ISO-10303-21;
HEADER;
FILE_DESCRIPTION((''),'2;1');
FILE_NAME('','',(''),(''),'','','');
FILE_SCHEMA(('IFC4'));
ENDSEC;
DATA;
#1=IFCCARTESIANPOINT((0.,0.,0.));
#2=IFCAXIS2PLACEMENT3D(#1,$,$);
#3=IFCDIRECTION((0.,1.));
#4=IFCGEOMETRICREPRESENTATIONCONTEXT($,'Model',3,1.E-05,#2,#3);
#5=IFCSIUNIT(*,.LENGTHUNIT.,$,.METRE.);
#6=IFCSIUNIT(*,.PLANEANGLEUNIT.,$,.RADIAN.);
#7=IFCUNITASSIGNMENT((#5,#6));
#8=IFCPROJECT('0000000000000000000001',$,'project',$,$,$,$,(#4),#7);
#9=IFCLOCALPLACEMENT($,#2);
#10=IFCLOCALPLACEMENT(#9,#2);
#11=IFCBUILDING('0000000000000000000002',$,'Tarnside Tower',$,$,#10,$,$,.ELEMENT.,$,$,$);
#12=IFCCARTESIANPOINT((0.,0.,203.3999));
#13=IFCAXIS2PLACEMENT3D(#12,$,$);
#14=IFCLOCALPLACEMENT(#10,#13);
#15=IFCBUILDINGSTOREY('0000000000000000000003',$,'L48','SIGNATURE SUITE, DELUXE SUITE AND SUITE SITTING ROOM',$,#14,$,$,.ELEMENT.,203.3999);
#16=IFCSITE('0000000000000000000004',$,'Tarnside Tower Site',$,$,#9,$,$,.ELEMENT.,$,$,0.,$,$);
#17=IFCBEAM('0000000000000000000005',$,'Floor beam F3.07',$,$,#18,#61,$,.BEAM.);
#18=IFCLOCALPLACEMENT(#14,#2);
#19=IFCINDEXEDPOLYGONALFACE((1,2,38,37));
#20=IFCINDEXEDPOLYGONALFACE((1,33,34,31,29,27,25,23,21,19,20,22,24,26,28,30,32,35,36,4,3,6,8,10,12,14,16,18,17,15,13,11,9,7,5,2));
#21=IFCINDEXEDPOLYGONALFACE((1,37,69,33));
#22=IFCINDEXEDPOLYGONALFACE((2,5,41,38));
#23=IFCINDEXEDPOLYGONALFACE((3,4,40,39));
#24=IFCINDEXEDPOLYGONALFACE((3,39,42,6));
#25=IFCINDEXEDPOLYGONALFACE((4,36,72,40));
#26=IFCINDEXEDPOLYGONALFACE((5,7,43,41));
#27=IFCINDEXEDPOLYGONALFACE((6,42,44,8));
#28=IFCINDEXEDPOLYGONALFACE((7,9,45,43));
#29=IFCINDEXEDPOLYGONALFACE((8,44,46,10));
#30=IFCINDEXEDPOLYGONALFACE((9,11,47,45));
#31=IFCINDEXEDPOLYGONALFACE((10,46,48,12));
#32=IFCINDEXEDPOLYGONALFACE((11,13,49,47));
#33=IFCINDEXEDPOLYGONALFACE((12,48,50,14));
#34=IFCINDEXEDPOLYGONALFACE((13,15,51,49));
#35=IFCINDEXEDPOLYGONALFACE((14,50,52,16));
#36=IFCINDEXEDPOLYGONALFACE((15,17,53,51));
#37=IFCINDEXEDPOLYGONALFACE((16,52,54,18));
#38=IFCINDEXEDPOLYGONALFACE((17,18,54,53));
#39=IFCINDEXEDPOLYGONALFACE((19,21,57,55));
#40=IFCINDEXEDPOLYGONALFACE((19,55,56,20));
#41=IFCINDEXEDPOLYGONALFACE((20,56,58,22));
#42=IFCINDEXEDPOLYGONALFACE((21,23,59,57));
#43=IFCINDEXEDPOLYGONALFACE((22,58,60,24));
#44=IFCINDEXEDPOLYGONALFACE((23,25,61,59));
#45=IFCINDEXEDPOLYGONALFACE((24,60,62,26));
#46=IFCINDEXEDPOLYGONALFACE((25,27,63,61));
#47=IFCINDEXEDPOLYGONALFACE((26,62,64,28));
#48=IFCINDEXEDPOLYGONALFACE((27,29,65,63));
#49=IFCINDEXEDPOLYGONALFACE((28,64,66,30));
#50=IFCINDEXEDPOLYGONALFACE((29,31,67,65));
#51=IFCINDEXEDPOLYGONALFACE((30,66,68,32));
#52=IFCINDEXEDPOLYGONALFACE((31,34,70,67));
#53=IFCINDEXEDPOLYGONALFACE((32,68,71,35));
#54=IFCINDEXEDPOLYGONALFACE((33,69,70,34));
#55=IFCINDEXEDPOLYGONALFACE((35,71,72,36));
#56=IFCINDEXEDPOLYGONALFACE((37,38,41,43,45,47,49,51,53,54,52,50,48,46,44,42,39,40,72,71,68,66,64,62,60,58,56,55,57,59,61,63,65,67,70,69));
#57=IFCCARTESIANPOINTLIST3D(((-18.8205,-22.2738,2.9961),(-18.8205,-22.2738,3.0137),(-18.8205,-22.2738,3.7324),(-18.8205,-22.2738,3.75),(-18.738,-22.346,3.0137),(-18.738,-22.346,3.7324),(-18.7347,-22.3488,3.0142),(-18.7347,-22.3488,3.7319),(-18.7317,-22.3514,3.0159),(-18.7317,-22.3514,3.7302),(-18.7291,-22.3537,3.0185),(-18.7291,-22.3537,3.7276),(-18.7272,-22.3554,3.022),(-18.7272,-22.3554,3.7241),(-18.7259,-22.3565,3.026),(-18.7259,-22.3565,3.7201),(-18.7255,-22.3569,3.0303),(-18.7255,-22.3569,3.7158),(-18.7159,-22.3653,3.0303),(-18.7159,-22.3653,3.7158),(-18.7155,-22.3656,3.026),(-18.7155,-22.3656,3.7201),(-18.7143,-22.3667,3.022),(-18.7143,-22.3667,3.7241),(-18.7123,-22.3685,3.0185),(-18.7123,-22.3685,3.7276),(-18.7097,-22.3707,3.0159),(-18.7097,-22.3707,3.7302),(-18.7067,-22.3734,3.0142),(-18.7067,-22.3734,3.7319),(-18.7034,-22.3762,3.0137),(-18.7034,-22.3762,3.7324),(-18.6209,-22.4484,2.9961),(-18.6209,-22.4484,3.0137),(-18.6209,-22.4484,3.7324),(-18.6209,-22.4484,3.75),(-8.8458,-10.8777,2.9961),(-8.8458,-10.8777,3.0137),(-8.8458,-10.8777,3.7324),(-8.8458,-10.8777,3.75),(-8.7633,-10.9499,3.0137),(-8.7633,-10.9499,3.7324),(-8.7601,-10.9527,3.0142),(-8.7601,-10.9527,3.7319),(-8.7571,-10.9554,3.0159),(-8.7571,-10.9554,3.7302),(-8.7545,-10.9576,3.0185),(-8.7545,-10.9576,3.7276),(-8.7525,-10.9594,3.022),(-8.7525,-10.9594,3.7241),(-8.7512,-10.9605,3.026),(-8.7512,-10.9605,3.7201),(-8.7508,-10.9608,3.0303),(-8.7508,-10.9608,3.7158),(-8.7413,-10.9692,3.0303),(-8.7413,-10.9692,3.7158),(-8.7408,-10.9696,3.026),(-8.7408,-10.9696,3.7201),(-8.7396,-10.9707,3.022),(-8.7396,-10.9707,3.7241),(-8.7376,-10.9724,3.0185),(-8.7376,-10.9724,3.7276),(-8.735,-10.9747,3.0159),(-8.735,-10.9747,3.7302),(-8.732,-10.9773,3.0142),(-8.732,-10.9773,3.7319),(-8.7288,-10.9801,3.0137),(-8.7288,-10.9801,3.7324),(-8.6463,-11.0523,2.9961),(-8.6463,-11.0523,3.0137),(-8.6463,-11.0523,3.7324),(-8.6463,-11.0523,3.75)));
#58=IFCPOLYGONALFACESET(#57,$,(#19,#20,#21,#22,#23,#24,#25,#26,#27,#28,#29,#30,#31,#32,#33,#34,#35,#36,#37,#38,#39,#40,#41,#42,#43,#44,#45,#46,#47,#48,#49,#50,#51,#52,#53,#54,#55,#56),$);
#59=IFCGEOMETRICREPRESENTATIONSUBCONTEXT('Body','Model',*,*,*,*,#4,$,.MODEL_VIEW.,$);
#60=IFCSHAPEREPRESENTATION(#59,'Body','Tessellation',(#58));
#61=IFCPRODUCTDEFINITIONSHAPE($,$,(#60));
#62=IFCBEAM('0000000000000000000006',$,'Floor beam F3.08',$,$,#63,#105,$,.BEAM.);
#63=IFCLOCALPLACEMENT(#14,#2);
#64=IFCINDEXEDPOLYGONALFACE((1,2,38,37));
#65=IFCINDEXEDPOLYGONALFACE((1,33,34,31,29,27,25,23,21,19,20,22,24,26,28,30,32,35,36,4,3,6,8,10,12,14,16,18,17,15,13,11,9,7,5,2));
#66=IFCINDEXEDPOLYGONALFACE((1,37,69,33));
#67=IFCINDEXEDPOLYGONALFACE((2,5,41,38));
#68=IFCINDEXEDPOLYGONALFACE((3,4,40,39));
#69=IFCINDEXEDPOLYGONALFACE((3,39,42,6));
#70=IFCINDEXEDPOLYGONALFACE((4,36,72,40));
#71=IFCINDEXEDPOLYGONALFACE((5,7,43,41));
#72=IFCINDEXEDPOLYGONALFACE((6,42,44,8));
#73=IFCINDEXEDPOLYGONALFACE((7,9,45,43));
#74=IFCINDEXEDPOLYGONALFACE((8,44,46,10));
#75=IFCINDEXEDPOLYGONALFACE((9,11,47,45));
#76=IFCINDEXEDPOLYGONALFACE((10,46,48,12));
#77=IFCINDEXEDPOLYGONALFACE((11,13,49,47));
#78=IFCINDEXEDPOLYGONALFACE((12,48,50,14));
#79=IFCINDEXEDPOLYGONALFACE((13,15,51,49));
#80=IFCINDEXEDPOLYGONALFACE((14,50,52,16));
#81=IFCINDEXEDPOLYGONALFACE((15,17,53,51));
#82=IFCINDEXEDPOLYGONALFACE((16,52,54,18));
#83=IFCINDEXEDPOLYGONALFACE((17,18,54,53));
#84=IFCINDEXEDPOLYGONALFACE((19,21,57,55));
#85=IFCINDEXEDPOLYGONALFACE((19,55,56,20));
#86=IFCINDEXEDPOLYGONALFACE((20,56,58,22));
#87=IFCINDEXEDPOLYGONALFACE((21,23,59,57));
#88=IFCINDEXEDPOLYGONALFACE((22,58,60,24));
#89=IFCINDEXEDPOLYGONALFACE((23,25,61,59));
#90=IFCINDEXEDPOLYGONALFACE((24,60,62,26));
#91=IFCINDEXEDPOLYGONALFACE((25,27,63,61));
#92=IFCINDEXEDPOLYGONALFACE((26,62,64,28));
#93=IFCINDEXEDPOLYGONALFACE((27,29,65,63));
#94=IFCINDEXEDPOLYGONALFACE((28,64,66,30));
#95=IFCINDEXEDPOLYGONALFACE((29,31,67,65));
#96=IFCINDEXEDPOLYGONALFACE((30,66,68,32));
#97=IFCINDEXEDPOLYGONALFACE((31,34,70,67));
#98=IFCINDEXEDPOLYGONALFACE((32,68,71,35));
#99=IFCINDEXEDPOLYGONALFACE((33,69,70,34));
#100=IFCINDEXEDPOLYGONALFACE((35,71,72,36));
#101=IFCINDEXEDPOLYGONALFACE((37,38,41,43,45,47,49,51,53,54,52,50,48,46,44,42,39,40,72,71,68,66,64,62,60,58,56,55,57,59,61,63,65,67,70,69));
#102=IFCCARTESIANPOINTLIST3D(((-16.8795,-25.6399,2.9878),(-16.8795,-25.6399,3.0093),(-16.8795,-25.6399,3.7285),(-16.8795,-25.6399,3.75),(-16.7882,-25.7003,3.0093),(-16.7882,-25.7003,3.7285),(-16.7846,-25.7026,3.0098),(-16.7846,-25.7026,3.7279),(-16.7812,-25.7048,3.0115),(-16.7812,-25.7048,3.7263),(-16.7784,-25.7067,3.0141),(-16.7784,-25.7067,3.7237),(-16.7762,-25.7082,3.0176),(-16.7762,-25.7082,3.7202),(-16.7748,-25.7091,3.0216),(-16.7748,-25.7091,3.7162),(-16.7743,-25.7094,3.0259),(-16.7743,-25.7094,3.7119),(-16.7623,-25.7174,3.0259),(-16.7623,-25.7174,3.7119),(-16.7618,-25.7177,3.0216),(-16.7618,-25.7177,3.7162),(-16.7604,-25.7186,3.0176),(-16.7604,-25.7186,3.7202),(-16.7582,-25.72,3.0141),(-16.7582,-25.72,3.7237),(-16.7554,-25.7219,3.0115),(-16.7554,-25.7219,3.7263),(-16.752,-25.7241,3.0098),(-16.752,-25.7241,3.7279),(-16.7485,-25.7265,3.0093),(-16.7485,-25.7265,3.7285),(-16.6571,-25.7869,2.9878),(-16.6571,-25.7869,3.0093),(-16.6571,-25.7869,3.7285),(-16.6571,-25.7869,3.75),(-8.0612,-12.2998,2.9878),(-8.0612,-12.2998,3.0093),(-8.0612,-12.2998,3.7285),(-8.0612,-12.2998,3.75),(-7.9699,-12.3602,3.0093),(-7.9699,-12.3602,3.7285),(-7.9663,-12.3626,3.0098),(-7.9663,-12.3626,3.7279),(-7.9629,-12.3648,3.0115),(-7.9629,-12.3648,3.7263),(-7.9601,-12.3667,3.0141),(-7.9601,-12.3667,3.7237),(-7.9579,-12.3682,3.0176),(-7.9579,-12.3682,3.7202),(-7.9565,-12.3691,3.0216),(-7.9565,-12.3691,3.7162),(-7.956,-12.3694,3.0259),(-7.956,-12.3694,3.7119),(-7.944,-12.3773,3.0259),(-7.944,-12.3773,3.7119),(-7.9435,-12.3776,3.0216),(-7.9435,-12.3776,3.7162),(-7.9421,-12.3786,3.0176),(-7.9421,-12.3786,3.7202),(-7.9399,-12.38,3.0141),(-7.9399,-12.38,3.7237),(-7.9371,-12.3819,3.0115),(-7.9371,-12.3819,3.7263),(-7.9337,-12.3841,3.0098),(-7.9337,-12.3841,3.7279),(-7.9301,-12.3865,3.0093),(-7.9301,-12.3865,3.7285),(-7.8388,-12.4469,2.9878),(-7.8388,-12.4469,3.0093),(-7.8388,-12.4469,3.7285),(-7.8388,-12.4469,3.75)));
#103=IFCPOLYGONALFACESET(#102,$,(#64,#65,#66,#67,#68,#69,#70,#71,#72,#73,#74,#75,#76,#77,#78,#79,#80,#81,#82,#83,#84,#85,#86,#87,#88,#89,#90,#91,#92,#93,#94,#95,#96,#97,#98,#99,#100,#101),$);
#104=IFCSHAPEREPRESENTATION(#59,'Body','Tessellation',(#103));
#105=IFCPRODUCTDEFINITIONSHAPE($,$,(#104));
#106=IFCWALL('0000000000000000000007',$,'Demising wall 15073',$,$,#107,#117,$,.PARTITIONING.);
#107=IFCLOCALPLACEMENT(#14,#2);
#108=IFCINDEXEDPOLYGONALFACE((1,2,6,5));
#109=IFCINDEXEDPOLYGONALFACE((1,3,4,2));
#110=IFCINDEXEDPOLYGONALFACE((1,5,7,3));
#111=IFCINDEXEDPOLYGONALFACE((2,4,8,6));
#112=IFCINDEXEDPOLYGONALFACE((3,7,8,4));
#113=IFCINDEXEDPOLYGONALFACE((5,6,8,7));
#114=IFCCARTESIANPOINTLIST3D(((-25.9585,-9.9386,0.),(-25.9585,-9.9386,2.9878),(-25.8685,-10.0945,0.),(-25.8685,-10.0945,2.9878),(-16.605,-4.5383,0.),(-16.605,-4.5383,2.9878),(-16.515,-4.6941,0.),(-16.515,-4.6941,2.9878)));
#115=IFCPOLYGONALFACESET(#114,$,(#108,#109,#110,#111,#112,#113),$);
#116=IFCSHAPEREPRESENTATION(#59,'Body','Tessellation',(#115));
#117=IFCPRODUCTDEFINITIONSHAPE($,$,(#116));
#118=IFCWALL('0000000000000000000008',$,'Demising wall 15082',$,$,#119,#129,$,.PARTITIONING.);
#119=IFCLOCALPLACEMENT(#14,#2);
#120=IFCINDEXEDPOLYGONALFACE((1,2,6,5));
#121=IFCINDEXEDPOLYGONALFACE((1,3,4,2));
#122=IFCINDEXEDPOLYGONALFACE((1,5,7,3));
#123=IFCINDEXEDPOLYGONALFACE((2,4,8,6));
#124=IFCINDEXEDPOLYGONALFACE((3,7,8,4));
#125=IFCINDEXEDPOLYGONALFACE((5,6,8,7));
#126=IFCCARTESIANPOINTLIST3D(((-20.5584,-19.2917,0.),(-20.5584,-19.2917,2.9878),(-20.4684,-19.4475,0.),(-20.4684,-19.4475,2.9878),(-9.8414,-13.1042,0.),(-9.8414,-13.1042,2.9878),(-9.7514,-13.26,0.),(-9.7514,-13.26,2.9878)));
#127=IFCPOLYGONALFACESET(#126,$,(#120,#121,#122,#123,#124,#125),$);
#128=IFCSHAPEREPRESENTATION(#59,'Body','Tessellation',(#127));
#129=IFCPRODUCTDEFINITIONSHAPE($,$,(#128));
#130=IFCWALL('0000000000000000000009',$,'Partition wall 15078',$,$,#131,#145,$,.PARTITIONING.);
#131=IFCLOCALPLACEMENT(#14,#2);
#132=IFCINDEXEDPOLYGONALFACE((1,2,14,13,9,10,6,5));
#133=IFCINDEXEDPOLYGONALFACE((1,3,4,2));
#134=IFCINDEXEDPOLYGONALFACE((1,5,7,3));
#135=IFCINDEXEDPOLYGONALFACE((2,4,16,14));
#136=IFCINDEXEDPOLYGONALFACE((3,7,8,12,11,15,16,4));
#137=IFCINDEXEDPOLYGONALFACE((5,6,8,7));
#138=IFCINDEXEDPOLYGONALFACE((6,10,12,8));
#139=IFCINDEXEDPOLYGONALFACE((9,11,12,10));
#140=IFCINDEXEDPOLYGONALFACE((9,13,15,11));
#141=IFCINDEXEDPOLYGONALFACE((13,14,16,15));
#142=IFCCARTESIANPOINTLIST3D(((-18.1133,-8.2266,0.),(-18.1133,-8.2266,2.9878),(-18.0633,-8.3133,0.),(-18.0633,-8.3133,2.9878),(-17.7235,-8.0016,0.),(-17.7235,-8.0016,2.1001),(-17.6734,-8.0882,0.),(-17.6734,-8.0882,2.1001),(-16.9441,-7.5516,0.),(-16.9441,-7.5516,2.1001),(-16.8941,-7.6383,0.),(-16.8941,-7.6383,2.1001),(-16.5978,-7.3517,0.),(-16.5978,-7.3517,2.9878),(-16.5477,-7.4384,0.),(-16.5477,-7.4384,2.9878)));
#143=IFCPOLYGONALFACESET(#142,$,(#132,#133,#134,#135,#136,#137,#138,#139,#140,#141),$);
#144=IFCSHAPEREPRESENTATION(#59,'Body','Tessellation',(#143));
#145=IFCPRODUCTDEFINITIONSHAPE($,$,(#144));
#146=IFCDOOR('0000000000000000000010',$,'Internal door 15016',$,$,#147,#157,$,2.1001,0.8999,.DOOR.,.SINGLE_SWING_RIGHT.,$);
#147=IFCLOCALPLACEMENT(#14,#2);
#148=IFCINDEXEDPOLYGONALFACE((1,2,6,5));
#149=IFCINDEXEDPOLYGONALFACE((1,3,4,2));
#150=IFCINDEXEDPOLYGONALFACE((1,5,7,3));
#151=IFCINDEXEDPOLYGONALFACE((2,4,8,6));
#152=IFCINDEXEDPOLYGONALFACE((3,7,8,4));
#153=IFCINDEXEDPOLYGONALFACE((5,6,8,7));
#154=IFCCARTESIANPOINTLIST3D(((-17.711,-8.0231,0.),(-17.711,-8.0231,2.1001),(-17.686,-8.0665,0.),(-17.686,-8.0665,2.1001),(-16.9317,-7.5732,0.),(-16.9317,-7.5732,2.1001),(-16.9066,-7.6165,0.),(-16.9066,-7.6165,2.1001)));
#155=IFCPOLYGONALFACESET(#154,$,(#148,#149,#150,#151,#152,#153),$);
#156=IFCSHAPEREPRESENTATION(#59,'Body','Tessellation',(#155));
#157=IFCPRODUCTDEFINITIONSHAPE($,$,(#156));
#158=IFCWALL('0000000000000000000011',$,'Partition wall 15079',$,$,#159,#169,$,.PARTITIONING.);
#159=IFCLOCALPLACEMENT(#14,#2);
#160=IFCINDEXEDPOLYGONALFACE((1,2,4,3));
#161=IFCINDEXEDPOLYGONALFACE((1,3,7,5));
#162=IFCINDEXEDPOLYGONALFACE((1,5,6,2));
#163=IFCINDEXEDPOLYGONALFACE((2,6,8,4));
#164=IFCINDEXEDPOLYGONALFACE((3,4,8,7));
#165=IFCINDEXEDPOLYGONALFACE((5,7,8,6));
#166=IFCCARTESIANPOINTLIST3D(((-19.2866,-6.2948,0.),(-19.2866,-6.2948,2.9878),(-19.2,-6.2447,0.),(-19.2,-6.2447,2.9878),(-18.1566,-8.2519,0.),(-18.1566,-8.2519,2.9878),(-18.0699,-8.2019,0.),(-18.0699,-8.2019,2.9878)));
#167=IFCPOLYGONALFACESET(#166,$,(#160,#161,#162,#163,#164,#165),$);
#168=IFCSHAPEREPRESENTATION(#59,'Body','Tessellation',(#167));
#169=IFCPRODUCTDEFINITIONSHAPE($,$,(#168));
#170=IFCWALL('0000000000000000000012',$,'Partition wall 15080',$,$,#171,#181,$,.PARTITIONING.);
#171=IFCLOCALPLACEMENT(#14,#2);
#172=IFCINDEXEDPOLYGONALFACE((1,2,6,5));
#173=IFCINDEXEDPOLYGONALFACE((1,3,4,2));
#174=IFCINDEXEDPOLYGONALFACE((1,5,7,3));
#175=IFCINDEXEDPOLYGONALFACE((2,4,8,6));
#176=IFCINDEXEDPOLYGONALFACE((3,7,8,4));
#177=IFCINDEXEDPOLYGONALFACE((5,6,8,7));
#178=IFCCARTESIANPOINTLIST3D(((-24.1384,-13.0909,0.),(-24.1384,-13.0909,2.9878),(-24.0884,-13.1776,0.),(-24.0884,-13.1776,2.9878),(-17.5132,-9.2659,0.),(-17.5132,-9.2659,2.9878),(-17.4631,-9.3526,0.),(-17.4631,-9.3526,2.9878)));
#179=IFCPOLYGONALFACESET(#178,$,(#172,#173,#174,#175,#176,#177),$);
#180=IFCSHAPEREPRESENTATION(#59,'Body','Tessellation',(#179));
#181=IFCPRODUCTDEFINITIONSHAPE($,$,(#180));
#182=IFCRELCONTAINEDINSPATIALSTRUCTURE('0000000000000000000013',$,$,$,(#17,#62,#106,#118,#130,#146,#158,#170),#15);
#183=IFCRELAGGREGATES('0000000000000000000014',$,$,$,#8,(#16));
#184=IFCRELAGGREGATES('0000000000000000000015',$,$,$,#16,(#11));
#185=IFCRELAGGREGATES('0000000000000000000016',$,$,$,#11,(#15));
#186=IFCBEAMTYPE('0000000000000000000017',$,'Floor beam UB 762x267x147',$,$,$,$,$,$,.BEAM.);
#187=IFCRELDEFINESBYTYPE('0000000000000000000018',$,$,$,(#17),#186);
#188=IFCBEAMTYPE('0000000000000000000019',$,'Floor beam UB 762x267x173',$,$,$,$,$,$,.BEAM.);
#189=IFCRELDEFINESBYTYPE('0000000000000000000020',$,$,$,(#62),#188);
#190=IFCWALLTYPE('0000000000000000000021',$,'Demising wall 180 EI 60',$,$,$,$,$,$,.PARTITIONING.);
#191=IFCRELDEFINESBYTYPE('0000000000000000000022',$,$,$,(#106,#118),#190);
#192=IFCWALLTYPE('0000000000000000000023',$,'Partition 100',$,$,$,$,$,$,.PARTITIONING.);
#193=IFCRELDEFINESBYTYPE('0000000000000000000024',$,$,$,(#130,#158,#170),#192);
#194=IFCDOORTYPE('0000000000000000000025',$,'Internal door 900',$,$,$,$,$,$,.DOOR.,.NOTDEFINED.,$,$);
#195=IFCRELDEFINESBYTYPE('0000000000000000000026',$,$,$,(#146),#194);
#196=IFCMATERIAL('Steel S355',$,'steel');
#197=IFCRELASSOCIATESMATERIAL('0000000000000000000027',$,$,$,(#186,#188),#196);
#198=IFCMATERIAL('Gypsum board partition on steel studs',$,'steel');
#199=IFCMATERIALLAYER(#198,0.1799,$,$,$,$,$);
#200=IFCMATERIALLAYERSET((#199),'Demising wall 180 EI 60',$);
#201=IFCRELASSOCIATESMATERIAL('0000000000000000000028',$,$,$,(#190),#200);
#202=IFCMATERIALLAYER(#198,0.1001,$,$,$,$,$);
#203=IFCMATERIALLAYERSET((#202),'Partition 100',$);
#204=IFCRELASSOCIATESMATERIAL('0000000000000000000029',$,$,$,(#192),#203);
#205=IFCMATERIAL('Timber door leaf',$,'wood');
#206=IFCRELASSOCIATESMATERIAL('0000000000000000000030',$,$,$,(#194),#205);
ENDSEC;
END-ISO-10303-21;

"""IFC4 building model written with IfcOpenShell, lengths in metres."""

from ifc_helpers import new_model, si_unit, direction, frame, frame_2d, origin, origin_2d, place, context, subcontext, project, spatial, rectangle, i_section, extrude, material, layer, layer_set, material_profile, profile_set, type_object, element, fill, save


model = new_model("IFC4")

# Units and contexts
model_context = context("Model", 3, precision=1e-05, world=origin(), true_north=direction((0.0, 1.0)))
body_context = subcontext(model_context, "Body", "Model", "MODEL_VIEW")
ifc_project = project(units=[si_unit("LENGTHUNIT", "METRE"), si_unit("PLANEANGLEUNIT", "RADIAN")], contexts=[model_context])

# Site, building, storey
site_placement = place(None, origin())
site = spatial("IfcSite", under=ifc_project, at=site_placement, Name="Tarnside Tower Site", CompositionType="ELEMENT", RefElevation=0.0)
building_placement = place(site_placement, origin())
building = spatial("IfcBuilding", under=site, at=building_placement, Name="Tarnside Tower", CompositionType="ELEMENT")
storey_placement = place(building_placement, frame((0.0, 0.0, 203.3999)))
storey = spatial("IfcBuildingStorey", under=building, at=storey_placement, Name="L48", Description="SIGNATURE SUITE, DELUXE SUITE AND SUITE SITTING ROOM", CompositionType="ELEMENT", Elevation=203.3999)

# Beams
ifc_material_1 = material(Name="Steel S355", Category="steel")
ifc_material_profile_1 = material_profile(ifc_material_1, i_section(OverallWidth=0.2651, OverallDepth=0.7539, WebThickness=0.0127, FlangeThickness=0.0176, FilletRadius=0.0166, at=origin_2d()), Name="UB 762x267x147")
ifc_profile_set_1 = profile_set([ifc_material_profile_1], Name="Steel S355")
beam_type_1 = type_object("IfcBeamType", Name="Floor beam UB 762x267x147", PredefinedType="BEAM", material=ifc_profile_set_1)
beam_1_placement = place(storey_placement, frame((-18.7207, -22.3611, 3.373), z_axis=(0.658621, 0.752475, 0.0), x_axis=(-0.752475, 0.658621, 0.0)))
element("IfcBeam", 1, at=beam_1_placement, inside=storey, type_object=beam_type_1, Name="Floor beam F3.07", PredefinedType="BEAM", context=body_context, shape_type="SweptSolid", body=[
    extrude(i_section(OverallWidth=0.2651, OverallDepth=0.7539, WebThickness=0.0127, FlangeThickness=0.0176, FilletRadius=0.0166, at=origin_2d()), origin(), (0.0, 0.0, 1.0), 15.1448),
])
ifc_material_profile_2 = material_profile(ifc_material_1, i_section(OverallWidth=0.2666, OverallDepth=0.7622, WebThickness=0.0144, FlangeThickness=0.0215, FilletRadius=0.0166, at=origin_2d()), Name="UB 762x267x173")
ifc_profile_set_2 = profile_set([ifc_material_profile_2], Name="Steel S355")
beam_type_2 = type_object("IfcBeamType", Name="Floor beam UB 762x267x173", PredefinedType="BEAM", material=ifc_profile_set_2)
beam_2_placement = place(storey_placement, frame((-16.7683, -25.7134, 3.3689), z_axis=(0.551448, 0.83421, 0.0), x_axis=(-0.83421, 0.551448, 0.0)))
element("IfcBeam", 2, at=beam_2_placement, inside=storey, type_object=beam_type_2, Name="Floor beam F3.08", PredefinedType="BEAM", context=body_context, shape_type="SweptSolid", body=[
    extrude(i_section(OverallWidth=0.2666, OverallDepth=0.7622, WebThickness=0.0144, FlangeThickness=0.0215, FilletRadius=0.0166, at=origin_2d()), origin(), (0.0, 0.0, 1.0), 15.9912),
])

# Walls
ifc_material_2 = material(Name="Gypsum board partition on steel studs", Category="steel")
ifc_layer_1 = layer(ifc_material_2, 0.1799)
ifc_layer_set_1 = layer_set([ifc_layer_1], Name="Demising wall 180 EI 60")
wall_type_1 = type_object("IfcWallType", Name="Demising wall 180 EI 60", PredefinedType="PARTITIONING", material=ifc_layer_set_1)
wall_1_placement = place(storey_placement, frame((-25.9136, -10.0166, 0.0), z_axis=(0.0, 0.0, 1.0), x_axis=(0.86602, 0.500009, 0.0)))
element("IfcWall", 3, at=wall_1_placement, inside=storey, type_object=wall_type_1, Name="Demising wall 15073", PredefinedType="PARTITIONING", context=body_context, shape_type="SweptSolid", body=[
    extrude(rectangle(XDim=10.8005, YDim=0.1799, at=frame_2d((5.4004, 0.0))), origin(), (0.0, 0.0, 1.0), 2.9878),
])
wall_2_placement = place(storey_placement, frame((-20.5134, -19.3696, 0.0), z_axis=(0.0, 0.0, 1.0), x_axis=(0.866025, 0.500001, 0.0)))
element("IfcWall", 4, at=wall_2_placement, inside=storey, type_object=wall_type_1, Name="Demising wall 15082", PredefinedType="PARTITIONING", context=body_context, shape_type="SweptSolid", body=[
    extrude(rectangle(XDim=12.375, YDim=0.1799, at=frame_2d((6.1875, 0.0))), origin(), (0.0, 0.0, 1.0), 2.9878),
])

# Wall, opening, door
ifc_layer_2 = layer(ifc_material_2, 0.1001)
ifc_layer_set_2 = layer_set([ifc_layer_2], Name="Partition 100")
wall_type_2 = type_object("IfcWallType", Name="Partition 100", PredefinedType="PARTITIONING", material=ifc_layer_set_2)
wall_3_placement = place(storey_placement, frame((-16.5728, -7.395, 0.0), z_axis=(0.0, 0.0, 1.0), x_axis=(-0.866037, -0.49998, 0.0)))
wall_3 = element("IfcWall", 5, at=wall_3_placement, inside=storey, type_object=wall_type_2, Name="Partition wall 15078", PredefinedType="PARTITIONING", context=body_context, shape_type="SweptSolid", body=[
    extrude(rectangle(XDim=1.75, YDim=0.1001, at=frame_2d((0.875, 0.0))), origin(), (0.0, 0.0, 1.0), 2.9878),
])
opening_1_placement = place(wall_3_placement, frame((0.3999, 0.0, 0.0)))
opening_1 = element("IfcOpeningElement", 6, at=opening_1_placement, cuts=wall_3, PredefinedType="OPENING", context=body_context, shape_type="SweptSolid", body=[
    extrude(rectangle(XDim=0.8999, YDim=2.1001, at=frame_2d((0.45, 1.05))), frame((0.0, 0.0601, 0.0), z_axis=(0.0, -1.0, 0.0), x_axis=(1.0, 0.0, 0.0)), (0.0, 0.0, 1.0), 0.1201),
])
ifc_material_3 = material(Name="Timber door leaf", Category="wood")
door_type = type_object("IfcDoorType", Name="Internal door 900", OperationType="NOTDEFINED", PredefinedType="DOOR", material=ifc_material_3)
door_1_placement = place(opening_1_placement, origin())
door_1 = element("IfcDoor", 7, at=door_1_placement, inside=storey, type_object=door_type, Name="Internal door 15016", OperationType="SINGLE_SWING_RIGHT", OverallHeight=2.1001, OverallWidth=0.8999, PredefinedType="DOOR", context=body_context, shape_type="SweptSolid", body=[
    extrude(rectangle(XDim=0.8999, YDim=2.1001, at=frame_2d((0.45, 1.05))), frame((0.0, 0.0249, 0.0), z_axis=(0.0, -1.0, 0.0), x_axis=(1.0, 0.0, 0.0)), (0.0, 0.0, 1.0), 0.05),
])
fill(opening_1, door_1)

# Walls
wall_4_placement = place(storey_placement, frame((-18.1133, -8.2268, 0.0), z_axis=(0.0, 0.0, 1.0), x_axis=(-0.500031, 0.866007, 0.0)))
element("IfcWall", 8, at=wall_4_placement, inside=storey, type_object=wall_type_2, Name="Partition wall 15079", PredefinedType="PARTITIONING", context=body_context, shape_type="SweptSolid", body=[
    extrude(rectangle(XDim=2.26, YDim=0.1001, at=frame_2d((1.1299, 0.0))), origin(), (0.0, 0.0, 1.0), 2.9878),
])
wall_5_placement = place(storey_placement, frame((-24.1135, -13.1343, 0.0), z_axis=(0.0, 0.0, 1.0), x_axis=(0.866033, 0.499987, 0.0)))
element("IfcWall", 9, at=wall_5_placement, inside=storey, type_object=wall_type_2, Name="Partition wall 15080", PredefinedType="PARTITIONING", context=body_context, shape_type="SweptSolid", body=[
    extrude(rectangle(XDim=7.6501, YDim=0.1001, at=frame_2d((3.8252, 0.0))), origin(), (0.0, 0.0, 1.0), 2.9878),
])

save(model, "model.ifc")
